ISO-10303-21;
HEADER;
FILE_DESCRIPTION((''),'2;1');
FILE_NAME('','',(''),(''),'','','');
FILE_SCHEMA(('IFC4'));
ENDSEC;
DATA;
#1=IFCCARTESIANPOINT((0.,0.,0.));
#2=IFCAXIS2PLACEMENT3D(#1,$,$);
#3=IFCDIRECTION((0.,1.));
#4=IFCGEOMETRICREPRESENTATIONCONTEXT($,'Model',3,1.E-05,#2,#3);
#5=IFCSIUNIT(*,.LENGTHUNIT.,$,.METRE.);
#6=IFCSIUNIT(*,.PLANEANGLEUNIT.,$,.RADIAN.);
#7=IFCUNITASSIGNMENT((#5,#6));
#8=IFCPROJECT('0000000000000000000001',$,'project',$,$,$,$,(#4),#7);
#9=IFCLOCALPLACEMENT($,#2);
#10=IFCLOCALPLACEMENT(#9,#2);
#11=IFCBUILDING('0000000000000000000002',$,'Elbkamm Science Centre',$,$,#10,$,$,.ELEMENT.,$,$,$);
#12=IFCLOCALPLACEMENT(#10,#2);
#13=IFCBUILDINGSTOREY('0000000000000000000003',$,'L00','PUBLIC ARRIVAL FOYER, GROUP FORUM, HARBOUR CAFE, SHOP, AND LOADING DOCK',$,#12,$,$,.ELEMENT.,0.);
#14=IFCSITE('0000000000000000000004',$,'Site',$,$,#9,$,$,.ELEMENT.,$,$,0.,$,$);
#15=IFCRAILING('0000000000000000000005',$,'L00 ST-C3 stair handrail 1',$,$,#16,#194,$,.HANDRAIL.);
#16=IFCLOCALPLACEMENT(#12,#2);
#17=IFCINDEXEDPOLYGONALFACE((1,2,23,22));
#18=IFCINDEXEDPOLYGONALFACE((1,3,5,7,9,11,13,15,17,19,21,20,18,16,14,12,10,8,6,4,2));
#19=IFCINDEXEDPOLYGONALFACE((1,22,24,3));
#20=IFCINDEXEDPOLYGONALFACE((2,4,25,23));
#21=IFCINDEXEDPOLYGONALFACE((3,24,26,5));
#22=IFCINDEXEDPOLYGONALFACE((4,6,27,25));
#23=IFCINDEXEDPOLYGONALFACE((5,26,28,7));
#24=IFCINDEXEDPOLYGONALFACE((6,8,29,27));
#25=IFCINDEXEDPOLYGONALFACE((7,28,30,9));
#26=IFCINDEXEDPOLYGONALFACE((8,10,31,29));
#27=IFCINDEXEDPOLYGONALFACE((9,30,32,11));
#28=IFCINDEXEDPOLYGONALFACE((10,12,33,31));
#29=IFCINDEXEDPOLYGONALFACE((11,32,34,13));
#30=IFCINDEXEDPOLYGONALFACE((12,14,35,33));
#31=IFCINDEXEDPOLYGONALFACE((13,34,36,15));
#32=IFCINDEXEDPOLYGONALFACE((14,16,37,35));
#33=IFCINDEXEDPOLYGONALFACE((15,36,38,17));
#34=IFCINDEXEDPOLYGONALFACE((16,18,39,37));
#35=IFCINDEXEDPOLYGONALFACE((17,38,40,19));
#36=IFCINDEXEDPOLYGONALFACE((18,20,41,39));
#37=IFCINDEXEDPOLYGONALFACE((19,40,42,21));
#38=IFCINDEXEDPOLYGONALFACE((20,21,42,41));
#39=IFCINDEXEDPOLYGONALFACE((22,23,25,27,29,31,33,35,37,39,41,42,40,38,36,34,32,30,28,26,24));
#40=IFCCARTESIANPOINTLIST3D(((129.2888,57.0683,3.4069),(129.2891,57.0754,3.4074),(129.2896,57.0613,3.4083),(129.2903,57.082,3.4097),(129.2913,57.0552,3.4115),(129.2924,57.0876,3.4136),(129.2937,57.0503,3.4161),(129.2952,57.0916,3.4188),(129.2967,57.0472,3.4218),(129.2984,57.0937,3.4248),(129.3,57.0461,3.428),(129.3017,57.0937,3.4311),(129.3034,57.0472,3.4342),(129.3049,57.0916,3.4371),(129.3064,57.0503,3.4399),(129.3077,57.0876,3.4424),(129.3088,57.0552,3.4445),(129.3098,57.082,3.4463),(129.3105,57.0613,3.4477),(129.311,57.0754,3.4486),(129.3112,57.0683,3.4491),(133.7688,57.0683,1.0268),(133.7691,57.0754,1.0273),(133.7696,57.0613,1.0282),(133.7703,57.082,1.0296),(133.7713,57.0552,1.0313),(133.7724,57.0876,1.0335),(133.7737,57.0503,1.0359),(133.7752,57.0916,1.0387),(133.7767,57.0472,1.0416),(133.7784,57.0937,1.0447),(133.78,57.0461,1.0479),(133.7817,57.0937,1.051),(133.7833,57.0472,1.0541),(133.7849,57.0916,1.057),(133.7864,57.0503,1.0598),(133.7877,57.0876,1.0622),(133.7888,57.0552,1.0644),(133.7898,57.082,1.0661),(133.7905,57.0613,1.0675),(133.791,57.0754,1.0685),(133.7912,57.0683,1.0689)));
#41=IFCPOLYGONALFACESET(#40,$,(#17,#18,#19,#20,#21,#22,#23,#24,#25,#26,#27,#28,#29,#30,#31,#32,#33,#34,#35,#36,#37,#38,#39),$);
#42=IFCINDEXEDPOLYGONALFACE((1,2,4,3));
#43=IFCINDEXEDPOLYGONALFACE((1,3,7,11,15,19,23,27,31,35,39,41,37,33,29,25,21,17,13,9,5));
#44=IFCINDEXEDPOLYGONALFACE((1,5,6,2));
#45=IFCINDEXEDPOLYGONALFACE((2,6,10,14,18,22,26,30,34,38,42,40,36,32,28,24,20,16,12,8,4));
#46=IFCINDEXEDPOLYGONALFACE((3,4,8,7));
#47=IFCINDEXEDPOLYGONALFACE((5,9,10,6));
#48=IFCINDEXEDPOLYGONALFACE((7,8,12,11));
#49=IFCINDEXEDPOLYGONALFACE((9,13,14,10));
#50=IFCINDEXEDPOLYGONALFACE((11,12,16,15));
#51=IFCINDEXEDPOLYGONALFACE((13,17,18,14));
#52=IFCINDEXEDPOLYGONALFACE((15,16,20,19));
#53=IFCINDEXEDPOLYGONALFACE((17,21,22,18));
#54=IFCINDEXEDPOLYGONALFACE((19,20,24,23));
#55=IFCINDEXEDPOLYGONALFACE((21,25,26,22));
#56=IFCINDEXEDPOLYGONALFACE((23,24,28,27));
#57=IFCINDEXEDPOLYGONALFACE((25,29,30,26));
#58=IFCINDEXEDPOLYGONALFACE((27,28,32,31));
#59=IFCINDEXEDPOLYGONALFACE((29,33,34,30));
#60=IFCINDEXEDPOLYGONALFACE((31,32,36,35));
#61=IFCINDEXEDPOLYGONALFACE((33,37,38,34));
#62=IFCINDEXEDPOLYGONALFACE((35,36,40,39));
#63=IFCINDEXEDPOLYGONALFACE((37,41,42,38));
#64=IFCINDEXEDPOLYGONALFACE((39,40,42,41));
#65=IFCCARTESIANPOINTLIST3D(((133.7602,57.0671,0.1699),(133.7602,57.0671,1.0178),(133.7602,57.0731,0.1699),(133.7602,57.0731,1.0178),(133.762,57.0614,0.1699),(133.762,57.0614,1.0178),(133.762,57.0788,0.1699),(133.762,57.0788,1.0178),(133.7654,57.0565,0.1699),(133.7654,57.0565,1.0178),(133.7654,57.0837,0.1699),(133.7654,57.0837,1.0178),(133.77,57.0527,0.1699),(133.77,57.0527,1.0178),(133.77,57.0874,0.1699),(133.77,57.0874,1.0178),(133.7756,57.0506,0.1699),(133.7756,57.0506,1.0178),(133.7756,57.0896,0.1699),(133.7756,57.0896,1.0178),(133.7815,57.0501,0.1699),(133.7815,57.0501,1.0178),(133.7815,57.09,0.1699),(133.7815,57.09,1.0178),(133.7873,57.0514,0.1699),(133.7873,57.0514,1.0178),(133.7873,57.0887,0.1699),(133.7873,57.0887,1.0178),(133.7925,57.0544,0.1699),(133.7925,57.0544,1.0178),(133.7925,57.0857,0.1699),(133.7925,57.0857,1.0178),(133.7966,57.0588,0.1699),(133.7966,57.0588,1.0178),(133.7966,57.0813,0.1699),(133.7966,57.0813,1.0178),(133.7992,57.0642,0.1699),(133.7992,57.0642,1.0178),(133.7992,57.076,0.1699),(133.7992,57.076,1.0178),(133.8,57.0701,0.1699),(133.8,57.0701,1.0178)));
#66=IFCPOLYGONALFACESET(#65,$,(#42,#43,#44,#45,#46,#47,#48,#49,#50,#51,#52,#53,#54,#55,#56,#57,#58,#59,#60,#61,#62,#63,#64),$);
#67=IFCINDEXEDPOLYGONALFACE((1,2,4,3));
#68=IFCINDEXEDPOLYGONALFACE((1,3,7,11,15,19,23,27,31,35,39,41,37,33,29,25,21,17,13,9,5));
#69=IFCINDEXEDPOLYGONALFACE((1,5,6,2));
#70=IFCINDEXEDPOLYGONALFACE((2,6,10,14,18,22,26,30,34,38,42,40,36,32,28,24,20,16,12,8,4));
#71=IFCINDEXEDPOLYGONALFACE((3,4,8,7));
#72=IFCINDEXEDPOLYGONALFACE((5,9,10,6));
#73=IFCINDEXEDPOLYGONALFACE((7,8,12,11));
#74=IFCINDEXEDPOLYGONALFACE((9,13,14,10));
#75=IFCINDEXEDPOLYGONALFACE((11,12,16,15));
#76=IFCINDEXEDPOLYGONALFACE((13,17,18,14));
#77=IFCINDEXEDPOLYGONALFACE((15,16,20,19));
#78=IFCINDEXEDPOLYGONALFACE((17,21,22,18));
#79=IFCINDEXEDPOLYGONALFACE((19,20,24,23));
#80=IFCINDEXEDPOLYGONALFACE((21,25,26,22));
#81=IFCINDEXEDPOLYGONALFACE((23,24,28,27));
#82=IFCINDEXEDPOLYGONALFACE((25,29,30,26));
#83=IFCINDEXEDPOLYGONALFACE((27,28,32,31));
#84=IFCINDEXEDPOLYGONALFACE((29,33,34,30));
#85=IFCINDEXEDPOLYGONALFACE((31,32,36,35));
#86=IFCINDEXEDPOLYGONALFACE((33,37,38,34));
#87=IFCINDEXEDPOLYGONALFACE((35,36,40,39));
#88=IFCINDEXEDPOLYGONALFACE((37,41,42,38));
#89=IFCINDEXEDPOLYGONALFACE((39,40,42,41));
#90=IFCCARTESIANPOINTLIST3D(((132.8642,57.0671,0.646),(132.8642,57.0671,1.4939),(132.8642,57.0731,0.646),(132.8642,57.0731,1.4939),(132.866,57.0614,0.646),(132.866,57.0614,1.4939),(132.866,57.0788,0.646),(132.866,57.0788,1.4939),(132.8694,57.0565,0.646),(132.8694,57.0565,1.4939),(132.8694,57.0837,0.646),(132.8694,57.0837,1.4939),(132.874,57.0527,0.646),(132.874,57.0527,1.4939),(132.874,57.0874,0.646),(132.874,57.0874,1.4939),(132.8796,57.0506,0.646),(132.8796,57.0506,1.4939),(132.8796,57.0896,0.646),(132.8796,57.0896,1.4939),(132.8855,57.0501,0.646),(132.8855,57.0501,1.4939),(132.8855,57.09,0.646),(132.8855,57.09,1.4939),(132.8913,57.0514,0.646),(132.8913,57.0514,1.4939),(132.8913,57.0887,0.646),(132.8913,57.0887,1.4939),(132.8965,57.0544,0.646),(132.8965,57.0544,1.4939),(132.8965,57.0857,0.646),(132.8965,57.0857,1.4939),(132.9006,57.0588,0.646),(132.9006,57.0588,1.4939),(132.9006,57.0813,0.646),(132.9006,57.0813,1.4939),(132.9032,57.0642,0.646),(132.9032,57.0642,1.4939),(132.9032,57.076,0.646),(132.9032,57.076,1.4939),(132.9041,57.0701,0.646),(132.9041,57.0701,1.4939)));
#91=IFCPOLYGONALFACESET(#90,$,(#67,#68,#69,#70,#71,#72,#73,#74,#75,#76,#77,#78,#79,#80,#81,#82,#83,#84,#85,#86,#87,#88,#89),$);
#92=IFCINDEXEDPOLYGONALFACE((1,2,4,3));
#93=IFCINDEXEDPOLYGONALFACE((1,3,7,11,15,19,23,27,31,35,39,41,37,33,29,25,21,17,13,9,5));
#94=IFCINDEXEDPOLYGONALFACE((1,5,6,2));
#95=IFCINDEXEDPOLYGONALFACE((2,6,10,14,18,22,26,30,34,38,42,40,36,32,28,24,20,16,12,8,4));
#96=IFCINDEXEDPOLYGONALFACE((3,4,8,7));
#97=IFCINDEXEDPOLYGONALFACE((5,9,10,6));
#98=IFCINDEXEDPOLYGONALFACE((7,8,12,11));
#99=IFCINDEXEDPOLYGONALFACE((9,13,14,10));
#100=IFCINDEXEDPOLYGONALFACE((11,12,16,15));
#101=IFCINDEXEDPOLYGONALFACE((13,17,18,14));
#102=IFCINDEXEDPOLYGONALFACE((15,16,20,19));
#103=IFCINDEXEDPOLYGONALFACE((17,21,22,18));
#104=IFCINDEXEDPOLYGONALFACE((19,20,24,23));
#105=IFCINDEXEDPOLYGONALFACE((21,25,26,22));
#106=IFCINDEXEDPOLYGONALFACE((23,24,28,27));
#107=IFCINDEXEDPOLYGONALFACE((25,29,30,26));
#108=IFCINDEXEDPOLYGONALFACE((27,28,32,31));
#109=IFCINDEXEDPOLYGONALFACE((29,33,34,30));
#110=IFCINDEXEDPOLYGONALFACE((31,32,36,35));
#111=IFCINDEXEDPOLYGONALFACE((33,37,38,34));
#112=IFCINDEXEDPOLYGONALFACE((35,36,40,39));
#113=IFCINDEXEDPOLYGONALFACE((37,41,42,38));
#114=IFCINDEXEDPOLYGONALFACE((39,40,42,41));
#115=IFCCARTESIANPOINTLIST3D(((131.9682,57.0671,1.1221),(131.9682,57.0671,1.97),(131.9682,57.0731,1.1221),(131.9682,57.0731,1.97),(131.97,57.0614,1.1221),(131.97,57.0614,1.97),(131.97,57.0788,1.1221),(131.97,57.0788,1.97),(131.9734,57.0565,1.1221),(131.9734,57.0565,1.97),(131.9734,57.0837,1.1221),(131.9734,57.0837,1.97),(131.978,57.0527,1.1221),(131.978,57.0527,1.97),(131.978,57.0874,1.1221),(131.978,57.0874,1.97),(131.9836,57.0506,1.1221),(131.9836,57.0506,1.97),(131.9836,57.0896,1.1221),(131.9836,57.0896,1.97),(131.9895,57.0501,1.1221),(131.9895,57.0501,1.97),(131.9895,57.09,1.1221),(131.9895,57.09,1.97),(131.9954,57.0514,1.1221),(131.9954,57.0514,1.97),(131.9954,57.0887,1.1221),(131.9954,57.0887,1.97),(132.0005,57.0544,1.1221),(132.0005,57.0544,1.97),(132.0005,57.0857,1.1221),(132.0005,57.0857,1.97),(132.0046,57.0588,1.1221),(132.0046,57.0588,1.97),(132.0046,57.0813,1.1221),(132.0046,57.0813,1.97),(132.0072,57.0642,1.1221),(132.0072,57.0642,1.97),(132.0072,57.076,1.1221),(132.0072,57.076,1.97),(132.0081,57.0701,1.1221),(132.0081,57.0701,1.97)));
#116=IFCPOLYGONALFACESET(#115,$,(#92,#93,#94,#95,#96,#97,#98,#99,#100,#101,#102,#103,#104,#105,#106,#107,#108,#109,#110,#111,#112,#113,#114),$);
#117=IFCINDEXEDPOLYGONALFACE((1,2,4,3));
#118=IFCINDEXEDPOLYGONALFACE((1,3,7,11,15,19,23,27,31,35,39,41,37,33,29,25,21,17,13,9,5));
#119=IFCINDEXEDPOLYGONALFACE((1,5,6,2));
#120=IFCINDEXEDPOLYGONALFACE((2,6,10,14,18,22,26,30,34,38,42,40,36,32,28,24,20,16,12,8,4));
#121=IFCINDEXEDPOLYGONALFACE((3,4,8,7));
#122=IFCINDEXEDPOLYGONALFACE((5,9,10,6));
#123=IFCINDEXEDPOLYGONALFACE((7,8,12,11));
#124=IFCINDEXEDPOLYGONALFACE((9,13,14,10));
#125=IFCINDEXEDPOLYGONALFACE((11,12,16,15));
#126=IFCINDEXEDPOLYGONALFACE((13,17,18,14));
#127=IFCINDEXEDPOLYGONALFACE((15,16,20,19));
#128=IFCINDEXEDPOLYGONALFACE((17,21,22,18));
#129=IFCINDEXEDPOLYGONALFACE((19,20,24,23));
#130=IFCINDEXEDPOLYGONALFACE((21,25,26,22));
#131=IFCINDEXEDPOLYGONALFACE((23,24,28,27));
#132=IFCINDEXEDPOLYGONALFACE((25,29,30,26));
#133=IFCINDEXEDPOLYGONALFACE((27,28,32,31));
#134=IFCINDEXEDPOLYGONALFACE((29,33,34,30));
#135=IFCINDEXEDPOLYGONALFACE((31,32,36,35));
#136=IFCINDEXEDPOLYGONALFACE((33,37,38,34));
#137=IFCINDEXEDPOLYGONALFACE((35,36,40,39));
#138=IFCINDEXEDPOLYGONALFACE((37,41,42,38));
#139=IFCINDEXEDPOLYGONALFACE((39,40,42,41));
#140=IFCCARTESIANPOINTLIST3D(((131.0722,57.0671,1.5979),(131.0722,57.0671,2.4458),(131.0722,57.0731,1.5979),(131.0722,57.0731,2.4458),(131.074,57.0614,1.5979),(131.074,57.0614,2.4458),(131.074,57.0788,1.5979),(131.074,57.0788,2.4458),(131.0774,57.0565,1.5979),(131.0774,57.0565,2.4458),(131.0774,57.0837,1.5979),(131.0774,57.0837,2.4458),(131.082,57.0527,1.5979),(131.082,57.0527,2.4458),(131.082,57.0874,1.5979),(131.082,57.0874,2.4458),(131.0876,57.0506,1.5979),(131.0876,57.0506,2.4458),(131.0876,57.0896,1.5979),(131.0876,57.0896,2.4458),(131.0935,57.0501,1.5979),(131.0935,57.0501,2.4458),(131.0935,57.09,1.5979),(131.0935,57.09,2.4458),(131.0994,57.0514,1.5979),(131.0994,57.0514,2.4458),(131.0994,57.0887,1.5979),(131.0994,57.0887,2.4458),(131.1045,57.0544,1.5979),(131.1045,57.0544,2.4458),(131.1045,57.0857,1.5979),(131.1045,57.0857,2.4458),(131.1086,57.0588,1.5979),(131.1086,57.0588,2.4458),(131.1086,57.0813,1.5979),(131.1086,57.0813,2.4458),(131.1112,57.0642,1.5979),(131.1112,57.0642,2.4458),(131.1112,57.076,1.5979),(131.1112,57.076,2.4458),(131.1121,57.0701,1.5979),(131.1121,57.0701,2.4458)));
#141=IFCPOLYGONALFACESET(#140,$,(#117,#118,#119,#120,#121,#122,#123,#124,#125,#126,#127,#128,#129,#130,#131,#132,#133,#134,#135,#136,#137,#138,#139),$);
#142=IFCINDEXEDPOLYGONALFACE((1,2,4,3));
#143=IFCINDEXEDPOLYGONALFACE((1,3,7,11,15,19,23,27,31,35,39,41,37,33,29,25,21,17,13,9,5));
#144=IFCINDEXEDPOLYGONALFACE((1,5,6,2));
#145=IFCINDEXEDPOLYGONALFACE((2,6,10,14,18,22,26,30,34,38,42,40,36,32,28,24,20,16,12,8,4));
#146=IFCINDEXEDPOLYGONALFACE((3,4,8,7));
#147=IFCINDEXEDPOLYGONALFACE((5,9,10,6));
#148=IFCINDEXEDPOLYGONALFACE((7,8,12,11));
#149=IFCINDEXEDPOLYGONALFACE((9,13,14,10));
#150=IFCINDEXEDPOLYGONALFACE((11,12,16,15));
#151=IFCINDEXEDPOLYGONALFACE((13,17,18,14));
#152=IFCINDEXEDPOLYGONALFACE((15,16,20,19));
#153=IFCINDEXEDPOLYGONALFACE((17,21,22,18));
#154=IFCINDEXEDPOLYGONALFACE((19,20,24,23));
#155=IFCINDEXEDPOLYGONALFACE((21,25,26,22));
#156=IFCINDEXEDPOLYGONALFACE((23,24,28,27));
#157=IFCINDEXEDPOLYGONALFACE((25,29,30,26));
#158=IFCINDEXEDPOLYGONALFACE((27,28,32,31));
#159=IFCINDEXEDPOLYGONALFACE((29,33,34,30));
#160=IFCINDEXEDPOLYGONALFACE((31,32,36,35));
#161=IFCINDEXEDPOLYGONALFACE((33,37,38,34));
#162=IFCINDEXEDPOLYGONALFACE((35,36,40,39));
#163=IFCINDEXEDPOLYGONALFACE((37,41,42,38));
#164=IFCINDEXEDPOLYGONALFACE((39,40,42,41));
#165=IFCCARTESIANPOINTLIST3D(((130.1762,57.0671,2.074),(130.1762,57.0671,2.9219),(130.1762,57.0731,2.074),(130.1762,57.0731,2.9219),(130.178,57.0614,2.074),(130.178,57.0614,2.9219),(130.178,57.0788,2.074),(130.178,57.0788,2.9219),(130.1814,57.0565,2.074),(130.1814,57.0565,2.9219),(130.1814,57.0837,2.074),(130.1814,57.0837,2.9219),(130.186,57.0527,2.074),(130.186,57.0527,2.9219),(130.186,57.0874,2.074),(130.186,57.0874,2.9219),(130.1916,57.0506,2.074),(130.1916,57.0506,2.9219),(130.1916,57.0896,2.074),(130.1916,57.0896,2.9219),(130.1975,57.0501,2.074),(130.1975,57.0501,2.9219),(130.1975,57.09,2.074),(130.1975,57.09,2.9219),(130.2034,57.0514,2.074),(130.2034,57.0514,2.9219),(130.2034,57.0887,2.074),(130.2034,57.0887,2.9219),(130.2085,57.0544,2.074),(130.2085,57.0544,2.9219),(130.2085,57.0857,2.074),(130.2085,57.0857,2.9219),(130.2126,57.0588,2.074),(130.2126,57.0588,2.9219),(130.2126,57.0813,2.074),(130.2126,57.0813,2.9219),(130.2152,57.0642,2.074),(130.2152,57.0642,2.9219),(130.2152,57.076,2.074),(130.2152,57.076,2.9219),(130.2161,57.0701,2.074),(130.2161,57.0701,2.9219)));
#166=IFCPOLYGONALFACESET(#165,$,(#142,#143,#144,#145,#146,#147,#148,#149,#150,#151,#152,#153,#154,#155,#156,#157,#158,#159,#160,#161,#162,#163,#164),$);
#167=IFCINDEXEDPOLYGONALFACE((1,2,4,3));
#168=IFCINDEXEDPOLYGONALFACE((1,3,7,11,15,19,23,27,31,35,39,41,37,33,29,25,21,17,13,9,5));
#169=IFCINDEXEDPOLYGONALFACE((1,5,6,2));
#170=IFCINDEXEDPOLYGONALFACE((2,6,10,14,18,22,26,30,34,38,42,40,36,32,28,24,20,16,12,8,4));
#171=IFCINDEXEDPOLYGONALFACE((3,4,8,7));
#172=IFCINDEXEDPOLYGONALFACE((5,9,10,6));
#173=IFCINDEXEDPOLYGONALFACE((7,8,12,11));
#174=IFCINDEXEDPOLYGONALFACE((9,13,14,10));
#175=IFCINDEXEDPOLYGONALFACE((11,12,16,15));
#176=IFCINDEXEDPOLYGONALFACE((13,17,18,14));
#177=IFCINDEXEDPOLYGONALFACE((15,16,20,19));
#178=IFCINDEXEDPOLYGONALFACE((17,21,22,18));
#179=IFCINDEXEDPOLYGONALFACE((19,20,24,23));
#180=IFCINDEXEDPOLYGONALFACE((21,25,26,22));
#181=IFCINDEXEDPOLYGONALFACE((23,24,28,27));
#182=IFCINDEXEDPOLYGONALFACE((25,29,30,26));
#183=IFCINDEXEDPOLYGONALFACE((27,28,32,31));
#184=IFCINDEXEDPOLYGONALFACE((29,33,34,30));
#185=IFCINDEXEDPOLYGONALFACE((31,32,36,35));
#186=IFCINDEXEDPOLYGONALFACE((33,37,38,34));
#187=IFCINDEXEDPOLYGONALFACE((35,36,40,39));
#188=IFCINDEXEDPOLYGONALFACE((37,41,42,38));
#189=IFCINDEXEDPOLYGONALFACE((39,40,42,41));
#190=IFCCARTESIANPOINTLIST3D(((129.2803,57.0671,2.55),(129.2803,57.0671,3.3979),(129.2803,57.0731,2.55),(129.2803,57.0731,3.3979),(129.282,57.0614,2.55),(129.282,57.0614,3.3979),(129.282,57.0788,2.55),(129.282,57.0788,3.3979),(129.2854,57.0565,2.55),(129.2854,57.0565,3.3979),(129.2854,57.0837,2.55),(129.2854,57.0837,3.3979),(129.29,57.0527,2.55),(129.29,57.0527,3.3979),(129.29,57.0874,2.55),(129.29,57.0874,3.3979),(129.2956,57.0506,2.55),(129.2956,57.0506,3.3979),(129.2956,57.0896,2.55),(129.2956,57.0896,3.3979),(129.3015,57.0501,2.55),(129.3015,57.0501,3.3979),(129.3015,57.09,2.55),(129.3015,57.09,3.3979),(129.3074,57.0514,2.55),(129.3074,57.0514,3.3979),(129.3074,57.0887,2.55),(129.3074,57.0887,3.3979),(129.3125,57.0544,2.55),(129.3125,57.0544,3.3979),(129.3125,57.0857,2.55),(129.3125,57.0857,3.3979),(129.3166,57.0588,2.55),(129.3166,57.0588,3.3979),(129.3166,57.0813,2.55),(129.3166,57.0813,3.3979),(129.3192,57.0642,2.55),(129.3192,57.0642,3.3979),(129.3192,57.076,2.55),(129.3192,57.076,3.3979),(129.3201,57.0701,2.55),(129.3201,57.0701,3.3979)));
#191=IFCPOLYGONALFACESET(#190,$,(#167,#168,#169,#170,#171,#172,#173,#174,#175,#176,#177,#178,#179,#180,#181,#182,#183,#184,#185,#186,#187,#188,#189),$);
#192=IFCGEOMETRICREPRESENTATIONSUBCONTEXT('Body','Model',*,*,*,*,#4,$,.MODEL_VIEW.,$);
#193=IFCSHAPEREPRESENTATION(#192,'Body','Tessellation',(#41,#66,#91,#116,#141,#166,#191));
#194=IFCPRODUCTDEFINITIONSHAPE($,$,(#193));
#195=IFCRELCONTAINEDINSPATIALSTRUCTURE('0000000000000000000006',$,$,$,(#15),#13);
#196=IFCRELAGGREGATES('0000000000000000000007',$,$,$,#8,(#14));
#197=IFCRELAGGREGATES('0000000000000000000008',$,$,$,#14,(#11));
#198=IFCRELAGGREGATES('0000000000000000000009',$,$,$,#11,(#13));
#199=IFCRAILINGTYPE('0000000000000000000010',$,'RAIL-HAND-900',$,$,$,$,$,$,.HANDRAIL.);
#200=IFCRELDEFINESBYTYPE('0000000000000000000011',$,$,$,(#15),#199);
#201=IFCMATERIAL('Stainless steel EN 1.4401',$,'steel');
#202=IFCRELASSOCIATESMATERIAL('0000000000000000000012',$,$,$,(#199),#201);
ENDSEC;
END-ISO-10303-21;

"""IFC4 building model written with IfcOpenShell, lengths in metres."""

from ifc_helpers import new_model, si_unit, direction, frame, origin, origin_2d, place, context, subcontext, project, spatial, circle, extrude, material, type_object, element, save


model = new_model("IFC4")

# Units and contexts
model_context = context("Model", 3, precision=1e-05, world=origin(), true_north=direction((0.0, 1.0)))
body_context = subcontext(model_context, "Body", "Model", "MODEL_VIEW")
ifc_project = project(units=[si_unit("LENGTHUNIT", "METRE"), si_unit("PLANEANGLEUNIT", "RADIAN")], contexts=[model_context])

# Site, building, storey
site_placement = place(None, origin())
site = spatial("IfcSite", under=ifc_project, at=site_placement, Name="Site", CompositionType="ELEMENT", RefElevation=0.0)
building_placement = place(site_placement, origin())
building = spatial("IfcBuilding", under=site, at=building_placement, Name="Elbkamm Science Centre", CompositionType="ELEMENT")
storey_placement = place(building_placement, origin())
storey = spatial("IfcBuildingStorey", under=building, at=storey_placement, Name="L00", Description="PUBLIC ARRIVAL FOYER, GROUP FORUM, HARBOUR CAFE, SHOP, AND LOADING DOCK", CompositionType="ELEMENT", Elevation=0.0)

# Railing
ifc_material_1 = material(Name="Stainless steel EN 1.4401", Category="steel")
railing_type_1 = type_object("IfcRailingType", Name="RAIL-HAND-900", PredefinedType="HANDRAIL", material=ifc_material_1)
railing_1_placement = place(storey_placement, frame((133.78, 57.0701, 0.1699)))
element("IfcRailing", 1, at=railing_1_placement, inside=storey, type_object=railing_type_1, Name="L00 ST-C3 stair handrail 1", PredefinedType="HANDRAIL", context=body_context, shape_type="SweptSolid", body=[
    extrude(circle(Radius=0.0239, at=origin_2d()), frame((0.0, 0.0, 0.8779), z_axis=(-0.883105, 0.0, 0.469176), x_axis=(0.0, -1.0, 0.0)), (0.0, 0.0, 1.0), 5.073),
    extrude(circle(Radius=0.02, at=origin_2d()), origin(), (0.0, 0.0, 1.0), 0.8479),
    extrude(circle(Radius=0.02, at=origin_2d()), frame((-0.896, 0.0, 0.4761)), (0.0, 0.0, 1.0), 0.8479),
    extrude(circle(Radius=0.02, at=origin_2d()), frame((-1.792, 0.0, 0.9521)), (0.0, 0.0, 1.0), 0.8479),
    extrude(circle(Radius=0.02, at=origin_2d()), frame((-2.688, 0.0, 1.428)), (0.0, 0.0, 1.0), 0.8479),
    extrude(circle(Radius=0.02, at=origin_2d()), frame((-3.584, 0.0, 1.9041)), (0.0, 0.0, 1.0), 0.8479),
    extrude(circle(Radius=0.02, at=origin_2d()), frame((-4.48, 0.0, 2.3801)), (0.0, 0.0, 1.0), 0.8479),
])

save(model, "model.ifc")
